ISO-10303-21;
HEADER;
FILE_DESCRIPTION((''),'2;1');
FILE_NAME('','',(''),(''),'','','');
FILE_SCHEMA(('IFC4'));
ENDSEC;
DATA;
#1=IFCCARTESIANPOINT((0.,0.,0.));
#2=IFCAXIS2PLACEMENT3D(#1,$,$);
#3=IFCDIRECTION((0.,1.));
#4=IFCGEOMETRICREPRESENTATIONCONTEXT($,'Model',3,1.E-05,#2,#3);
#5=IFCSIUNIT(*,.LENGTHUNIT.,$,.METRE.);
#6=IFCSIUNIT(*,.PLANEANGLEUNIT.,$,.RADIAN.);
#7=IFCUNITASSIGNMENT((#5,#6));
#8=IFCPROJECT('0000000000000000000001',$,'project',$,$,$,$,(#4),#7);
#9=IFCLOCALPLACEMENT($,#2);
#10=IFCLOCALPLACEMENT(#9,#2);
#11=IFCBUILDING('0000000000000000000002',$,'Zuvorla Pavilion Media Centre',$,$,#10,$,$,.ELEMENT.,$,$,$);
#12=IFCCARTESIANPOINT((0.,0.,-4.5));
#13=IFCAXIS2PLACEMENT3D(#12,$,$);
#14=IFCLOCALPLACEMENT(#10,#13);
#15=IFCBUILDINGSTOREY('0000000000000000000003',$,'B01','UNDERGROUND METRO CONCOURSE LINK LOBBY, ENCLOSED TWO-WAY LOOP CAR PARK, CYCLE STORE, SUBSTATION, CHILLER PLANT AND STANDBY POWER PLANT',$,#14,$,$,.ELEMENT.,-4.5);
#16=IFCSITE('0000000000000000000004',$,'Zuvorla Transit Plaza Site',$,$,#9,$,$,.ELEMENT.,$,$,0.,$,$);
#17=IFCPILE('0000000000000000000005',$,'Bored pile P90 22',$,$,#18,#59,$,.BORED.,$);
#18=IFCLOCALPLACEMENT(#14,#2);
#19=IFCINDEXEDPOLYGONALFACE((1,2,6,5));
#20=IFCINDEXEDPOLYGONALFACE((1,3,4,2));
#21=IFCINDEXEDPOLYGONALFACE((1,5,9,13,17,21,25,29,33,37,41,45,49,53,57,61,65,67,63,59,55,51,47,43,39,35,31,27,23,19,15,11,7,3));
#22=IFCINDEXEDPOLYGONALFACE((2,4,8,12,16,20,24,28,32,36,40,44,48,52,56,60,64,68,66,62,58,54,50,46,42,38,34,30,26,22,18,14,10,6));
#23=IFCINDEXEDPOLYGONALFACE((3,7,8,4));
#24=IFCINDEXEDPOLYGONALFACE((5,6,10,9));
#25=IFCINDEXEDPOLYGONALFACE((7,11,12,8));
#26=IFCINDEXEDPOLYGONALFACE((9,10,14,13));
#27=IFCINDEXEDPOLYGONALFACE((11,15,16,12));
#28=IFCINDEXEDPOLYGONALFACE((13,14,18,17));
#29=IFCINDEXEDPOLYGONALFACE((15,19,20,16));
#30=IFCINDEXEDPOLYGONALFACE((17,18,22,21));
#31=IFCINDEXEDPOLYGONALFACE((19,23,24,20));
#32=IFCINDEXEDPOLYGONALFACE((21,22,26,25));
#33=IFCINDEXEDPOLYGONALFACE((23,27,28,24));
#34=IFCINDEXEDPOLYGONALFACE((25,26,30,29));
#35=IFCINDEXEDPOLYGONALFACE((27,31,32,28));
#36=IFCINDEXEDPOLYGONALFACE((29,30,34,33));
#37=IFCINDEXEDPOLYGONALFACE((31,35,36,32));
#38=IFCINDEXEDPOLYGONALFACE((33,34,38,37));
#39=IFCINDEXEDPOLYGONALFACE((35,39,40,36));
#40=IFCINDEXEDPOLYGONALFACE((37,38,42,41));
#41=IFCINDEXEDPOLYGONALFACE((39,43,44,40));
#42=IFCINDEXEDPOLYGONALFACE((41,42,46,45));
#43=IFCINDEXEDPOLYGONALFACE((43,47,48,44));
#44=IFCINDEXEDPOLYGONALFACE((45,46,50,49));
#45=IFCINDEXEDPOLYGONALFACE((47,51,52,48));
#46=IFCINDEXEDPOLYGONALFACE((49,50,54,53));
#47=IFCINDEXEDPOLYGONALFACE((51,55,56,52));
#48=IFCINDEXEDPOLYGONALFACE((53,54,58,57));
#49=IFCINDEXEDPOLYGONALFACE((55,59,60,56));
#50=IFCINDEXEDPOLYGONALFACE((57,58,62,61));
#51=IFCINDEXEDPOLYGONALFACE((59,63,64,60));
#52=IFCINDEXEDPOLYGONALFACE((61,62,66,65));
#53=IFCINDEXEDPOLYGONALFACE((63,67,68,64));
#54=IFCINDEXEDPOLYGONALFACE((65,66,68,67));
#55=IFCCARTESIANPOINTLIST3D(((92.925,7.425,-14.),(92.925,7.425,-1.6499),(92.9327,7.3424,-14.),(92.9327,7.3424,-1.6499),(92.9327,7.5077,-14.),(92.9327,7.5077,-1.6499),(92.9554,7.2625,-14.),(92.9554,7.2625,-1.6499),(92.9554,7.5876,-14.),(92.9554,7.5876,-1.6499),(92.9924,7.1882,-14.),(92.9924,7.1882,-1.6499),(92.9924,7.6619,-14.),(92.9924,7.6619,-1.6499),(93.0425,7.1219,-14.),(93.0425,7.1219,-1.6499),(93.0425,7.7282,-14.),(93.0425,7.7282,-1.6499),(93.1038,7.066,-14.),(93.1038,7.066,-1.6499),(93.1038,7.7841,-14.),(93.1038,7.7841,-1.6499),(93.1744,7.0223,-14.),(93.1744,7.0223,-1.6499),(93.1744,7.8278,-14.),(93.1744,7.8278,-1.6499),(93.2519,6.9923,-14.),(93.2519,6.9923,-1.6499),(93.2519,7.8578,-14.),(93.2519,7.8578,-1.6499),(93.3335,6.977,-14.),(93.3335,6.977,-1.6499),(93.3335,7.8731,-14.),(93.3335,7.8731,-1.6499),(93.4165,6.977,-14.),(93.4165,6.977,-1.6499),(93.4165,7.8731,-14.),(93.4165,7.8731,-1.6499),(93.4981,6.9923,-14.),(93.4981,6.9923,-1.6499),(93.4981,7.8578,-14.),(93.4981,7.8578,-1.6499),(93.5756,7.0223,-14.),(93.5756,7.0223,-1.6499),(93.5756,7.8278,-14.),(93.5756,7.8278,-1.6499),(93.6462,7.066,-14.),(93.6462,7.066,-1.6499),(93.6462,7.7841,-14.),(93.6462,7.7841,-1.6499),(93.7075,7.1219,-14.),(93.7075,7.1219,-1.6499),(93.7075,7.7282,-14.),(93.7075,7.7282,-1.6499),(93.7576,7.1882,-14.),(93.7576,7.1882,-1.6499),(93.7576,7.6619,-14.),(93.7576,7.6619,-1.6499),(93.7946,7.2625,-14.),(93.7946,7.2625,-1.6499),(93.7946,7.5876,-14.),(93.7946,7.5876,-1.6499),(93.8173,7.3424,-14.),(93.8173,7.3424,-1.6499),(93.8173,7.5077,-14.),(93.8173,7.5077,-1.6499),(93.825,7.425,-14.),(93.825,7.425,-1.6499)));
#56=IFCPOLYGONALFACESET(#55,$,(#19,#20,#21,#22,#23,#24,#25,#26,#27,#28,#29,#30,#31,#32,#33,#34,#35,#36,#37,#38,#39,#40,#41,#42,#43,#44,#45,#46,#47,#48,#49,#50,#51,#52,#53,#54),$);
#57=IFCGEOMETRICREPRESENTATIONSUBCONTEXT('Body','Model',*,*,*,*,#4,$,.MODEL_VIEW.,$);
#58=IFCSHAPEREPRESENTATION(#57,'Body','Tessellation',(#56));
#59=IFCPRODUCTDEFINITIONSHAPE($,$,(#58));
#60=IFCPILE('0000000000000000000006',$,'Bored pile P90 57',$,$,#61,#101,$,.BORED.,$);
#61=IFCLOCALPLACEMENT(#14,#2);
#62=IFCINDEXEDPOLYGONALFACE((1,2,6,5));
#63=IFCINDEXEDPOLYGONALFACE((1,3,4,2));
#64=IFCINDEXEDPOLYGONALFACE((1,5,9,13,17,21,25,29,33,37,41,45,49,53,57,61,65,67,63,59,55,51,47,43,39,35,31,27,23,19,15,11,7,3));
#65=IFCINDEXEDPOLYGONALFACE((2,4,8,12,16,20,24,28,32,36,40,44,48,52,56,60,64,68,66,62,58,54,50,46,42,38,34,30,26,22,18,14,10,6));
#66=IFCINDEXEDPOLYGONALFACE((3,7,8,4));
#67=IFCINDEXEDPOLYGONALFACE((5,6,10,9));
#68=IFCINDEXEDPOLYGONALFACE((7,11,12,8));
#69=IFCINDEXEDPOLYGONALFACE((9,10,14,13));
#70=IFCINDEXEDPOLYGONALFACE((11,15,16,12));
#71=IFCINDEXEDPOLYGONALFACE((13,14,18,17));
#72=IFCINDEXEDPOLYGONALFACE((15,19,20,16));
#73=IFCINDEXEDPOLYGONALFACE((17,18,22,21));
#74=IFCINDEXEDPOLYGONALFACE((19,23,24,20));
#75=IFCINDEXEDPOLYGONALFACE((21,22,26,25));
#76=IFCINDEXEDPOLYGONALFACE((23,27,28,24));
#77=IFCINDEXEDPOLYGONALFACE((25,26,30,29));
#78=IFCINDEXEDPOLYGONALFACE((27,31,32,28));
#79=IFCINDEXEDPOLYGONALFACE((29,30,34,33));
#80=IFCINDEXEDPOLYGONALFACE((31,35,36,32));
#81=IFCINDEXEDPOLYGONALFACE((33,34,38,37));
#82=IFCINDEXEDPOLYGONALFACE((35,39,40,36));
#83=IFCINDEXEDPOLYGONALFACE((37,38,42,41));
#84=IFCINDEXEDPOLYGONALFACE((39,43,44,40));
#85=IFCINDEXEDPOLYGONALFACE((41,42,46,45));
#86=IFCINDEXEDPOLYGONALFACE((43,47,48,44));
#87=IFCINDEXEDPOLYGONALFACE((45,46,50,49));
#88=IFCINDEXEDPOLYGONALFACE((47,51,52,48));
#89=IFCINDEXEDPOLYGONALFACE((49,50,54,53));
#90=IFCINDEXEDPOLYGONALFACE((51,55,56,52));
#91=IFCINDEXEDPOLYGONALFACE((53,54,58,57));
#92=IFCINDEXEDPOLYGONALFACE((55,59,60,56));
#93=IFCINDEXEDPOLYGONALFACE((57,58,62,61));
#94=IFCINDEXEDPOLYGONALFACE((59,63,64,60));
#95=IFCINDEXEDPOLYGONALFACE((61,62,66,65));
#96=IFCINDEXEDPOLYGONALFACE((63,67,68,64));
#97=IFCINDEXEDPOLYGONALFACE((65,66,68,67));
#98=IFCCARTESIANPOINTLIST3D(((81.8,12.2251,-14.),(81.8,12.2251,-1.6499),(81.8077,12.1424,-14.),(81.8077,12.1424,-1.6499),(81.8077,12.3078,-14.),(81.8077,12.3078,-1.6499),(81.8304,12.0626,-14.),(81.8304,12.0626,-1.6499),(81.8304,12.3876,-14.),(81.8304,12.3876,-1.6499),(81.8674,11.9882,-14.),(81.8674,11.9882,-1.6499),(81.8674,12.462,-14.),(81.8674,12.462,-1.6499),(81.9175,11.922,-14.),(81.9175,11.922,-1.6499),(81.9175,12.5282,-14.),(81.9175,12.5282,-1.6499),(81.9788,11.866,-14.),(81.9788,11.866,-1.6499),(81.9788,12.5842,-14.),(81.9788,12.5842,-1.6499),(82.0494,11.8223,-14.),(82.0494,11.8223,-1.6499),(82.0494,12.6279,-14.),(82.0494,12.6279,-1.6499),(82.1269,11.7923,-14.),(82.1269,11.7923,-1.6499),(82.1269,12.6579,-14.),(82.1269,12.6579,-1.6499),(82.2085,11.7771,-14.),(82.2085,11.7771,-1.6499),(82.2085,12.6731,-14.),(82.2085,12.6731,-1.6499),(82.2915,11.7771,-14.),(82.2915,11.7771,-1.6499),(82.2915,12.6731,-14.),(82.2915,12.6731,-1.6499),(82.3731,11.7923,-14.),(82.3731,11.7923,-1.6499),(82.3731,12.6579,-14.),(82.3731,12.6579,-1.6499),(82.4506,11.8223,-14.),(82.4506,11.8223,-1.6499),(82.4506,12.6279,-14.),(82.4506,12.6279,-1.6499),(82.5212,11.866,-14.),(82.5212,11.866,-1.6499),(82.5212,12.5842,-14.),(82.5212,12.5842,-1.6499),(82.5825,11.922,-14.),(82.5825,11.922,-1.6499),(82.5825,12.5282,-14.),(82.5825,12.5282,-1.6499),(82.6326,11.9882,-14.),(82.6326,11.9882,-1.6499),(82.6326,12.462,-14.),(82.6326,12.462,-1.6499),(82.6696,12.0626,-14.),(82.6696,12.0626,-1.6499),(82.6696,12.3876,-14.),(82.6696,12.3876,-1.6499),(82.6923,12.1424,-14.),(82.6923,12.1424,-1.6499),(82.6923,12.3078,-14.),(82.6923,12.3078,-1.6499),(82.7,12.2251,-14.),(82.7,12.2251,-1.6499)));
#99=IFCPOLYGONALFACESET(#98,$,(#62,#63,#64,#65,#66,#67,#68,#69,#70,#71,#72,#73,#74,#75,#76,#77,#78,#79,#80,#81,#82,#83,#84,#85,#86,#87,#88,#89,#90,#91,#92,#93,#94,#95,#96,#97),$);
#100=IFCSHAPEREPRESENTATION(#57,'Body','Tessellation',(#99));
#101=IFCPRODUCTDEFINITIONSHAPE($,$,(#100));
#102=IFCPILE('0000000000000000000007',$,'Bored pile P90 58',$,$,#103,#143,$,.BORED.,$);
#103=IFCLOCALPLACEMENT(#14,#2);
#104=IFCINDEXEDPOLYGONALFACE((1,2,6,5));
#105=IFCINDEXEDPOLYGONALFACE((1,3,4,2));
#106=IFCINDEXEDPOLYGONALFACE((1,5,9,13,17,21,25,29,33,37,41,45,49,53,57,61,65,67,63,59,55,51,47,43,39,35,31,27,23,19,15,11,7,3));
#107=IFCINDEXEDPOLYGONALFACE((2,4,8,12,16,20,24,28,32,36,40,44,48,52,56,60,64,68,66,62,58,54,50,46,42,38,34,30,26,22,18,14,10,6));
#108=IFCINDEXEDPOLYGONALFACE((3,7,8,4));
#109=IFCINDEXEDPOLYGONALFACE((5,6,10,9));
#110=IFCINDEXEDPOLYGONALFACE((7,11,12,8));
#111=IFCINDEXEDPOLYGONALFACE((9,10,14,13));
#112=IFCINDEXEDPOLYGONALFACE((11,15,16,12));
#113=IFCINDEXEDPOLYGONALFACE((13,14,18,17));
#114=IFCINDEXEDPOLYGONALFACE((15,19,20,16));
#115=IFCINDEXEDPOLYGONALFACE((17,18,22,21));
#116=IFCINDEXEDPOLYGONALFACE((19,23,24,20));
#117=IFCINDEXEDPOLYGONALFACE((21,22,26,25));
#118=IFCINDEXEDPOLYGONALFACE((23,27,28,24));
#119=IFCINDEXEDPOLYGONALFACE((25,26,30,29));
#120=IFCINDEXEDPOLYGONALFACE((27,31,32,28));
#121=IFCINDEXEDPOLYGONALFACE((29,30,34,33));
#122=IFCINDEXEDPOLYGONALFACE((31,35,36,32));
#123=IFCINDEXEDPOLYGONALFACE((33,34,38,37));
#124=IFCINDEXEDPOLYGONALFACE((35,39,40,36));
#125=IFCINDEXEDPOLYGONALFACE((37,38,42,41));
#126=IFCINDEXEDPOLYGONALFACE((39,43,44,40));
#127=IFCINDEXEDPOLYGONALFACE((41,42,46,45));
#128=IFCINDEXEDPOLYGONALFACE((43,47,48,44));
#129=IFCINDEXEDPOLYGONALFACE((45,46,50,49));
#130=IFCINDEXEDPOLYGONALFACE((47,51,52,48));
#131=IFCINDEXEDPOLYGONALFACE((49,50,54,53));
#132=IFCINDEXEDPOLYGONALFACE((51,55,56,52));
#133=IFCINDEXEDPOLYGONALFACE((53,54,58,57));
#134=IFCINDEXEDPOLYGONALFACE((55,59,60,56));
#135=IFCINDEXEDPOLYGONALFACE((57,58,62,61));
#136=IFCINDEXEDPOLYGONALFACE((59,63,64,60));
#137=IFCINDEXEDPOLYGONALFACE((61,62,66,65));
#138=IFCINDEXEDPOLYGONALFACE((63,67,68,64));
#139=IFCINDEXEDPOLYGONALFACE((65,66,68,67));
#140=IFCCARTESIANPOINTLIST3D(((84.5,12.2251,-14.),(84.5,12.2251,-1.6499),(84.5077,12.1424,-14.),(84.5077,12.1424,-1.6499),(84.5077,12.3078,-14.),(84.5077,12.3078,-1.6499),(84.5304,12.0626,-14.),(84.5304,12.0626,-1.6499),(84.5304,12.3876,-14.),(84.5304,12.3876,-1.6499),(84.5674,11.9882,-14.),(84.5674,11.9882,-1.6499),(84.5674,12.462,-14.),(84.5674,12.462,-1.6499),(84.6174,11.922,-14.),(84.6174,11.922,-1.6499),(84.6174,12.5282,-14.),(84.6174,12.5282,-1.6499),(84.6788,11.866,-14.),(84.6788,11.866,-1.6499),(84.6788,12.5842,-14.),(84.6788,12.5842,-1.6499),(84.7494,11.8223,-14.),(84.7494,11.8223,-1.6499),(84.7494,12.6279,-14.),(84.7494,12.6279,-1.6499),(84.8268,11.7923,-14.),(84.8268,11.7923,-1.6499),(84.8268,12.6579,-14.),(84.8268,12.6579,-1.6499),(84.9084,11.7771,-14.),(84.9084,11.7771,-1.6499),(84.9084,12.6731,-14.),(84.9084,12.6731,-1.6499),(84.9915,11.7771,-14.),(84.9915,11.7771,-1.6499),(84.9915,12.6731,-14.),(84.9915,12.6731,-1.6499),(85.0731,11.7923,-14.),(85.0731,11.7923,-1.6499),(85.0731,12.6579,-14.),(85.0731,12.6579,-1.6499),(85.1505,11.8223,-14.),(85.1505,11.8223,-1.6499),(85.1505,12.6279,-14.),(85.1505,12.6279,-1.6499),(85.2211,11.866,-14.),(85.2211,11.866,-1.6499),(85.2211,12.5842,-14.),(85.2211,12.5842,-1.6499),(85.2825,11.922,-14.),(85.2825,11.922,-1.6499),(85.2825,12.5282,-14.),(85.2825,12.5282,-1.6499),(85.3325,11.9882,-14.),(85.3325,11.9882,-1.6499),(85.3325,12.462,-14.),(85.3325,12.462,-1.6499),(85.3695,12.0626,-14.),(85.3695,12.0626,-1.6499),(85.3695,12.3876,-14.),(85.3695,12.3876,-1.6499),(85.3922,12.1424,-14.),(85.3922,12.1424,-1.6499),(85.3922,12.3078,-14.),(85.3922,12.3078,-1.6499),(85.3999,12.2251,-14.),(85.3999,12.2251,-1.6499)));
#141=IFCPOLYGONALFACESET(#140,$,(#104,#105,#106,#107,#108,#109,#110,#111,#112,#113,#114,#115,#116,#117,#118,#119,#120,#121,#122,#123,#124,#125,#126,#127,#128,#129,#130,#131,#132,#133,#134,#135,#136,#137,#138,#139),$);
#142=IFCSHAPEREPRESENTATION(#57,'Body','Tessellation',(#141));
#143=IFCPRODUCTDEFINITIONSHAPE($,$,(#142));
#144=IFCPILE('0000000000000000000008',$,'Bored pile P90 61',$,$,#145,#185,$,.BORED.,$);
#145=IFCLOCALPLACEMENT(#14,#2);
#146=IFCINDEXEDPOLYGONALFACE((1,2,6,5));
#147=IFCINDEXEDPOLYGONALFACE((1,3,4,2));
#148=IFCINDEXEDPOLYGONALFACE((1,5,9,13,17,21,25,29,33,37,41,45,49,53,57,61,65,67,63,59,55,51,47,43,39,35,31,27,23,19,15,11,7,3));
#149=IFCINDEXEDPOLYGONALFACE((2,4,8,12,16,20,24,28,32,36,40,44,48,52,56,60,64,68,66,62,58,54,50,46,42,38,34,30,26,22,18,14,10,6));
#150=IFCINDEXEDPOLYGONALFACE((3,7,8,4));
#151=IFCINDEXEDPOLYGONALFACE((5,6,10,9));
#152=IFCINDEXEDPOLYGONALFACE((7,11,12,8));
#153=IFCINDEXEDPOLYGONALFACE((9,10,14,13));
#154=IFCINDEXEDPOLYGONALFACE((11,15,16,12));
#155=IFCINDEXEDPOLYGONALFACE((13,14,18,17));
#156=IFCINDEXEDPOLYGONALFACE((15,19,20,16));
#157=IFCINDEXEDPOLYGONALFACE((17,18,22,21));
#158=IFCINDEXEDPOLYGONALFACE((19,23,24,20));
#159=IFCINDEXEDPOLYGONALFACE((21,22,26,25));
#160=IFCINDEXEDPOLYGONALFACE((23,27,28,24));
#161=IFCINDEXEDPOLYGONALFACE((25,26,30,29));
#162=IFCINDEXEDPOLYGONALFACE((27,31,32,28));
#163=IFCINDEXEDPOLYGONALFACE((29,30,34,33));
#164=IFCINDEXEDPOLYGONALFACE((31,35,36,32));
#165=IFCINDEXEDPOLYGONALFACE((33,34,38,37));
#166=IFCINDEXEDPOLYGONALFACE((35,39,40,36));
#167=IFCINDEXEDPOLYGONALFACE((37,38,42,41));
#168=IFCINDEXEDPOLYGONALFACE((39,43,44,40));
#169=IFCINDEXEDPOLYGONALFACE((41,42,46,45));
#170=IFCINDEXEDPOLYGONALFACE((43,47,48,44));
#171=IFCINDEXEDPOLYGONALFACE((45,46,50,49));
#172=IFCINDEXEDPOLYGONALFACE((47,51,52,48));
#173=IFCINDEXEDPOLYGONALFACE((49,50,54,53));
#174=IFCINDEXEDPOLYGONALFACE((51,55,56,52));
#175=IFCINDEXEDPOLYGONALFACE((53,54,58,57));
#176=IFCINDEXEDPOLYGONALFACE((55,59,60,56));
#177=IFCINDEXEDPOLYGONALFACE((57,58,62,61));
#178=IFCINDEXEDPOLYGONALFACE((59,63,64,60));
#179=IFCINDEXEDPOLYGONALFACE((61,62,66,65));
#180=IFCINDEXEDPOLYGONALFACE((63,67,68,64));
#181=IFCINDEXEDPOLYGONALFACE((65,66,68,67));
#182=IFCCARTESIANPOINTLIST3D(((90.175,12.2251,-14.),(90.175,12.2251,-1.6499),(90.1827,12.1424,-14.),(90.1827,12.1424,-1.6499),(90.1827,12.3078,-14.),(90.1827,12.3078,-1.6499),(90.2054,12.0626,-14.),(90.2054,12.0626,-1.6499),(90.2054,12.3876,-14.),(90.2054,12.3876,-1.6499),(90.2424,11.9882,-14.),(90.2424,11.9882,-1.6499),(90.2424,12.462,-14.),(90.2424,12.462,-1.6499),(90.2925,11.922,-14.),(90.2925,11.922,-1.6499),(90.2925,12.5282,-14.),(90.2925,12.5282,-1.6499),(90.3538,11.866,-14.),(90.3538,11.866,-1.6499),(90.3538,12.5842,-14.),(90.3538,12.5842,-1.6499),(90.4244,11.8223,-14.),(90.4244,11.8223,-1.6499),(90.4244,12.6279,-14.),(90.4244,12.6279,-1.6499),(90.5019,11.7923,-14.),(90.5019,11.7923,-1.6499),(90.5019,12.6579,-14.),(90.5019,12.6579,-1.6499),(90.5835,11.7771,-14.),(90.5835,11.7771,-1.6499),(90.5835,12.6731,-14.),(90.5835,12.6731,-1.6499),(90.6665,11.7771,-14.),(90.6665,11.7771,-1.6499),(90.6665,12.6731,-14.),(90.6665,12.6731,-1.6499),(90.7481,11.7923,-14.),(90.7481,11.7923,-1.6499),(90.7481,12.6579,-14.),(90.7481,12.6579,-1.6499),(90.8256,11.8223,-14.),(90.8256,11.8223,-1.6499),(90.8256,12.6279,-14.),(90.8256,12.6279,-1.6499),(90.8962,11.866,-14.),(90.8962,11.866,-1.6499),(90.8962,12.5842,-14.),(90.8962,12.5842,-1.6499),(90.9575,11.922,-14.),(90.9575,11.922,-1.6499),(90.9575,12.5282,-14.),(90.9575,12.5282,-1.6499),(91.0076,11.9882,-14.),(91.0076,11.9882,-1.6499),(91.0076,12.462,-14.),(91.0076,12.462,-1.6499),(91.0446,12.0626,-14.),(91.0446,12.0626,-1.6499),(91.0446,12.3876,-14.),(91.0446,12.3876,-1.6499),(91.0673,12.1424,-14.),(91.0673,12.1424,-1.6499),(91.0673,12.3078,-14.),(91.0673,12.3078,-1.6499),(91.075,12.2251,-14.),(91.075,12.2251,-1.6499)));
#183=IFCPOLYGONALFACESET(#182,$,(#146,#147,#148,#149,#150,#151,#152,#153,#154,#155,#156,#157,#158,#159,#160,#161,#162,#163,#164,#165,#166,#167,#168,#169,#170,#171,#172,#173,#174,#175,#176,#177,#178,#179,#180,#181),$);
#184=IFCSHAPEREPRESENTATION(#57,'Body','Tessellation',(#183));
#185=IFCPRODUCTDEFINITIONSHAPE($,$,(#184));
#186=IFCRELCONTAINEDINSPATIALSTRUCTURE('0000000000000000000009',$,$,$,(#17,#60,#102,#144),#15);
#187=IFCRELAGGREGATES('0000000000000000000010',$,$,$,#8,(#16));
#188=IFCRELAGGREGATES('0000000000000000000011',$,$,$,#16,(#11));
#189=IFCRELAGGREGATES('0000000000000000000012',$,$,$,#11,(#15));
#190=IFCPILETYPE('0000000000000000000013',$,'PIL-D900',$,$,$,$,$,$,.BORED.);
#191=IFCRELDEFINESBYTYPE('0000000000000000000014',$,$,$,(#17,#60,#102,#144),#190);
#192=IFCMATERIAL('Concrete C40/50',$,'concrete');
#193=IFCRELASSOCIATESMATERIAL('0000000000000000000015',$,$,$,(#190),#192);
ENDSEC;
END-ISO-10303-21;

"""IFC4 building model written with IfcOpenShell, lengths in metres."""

from ifc_helpers import new_model, si_unit, direction, frame, origin, origin_2d, place, context, subcontext, project, spatial, circle, extrude, material, material_profile, profile_set, type_object, element, save


model = new_model("IFC4")

# Units and contexts
model_context = context("Model", 3, precision=1e-05, world=origin(), true_north=direction((0.0, 1.0)))
body_context = subcontext(model_context, "Body", "Model", "MODEL_VIEW")
ifc_project = project(units=[si_unit("LENGTHUNIT", "METRE"), si_unit("PLANEANGLEUNIT", "RADIAN")], contexts=[model_context])

# Site, building, storey
site_placement = place(None, origin())
site = spatial("IfcSite", under=ifc_project, at=site_placement, Name="Zuvorla Transit Plaza Site", CompositionType="ELEMENT", RefElevation=0.0)
building_placement = place(site_placement, origin())
building = spatial("IfcBuilding", under=site, at=building_placement, Name="Zuvorla Pavilion Media Centre", CompositionType="ELEMENT")
storey_placement = place(building_placement, frame((0.0, 0.0, -4.5)))
storey = spatial("IfcBuildingStorey", under=building, at=storey_placement, Name="B01", Description="UNDERGROUND METRO CONCOURSE LINK LOBBY, ENCLOSED TWO-WAY LOOP CAR PARK, CYCLE STORE, SUBSTATION, CHILLER PLANT AND STANDBY POWER PLANT", CompositionType="ELEMENT", Elevation=-4.5)

# Shared definitions
ifc_material_1 = material(Name="Concrete C40/50", Category="concrete")

# Piles
ifc_material_profile_1 = material_profile(ifc_material_1, circle(Radius=0.45, at=origin_2d()), Name="BORED PILE 900")
ifc_profile_set_1 = profile_set([ifc_material_profile_1], Name="Concrete C40/50")
pile_type = type_object("IfcPileType", Name="PIL-D900", PredefinedType="BORED", material=ifc_profile_set_1)
for number, where, z_axis, x_axis, name in (
    (1, (93.375, 7.425, -1.6499), (0.0, 0.0, -1.0), (1.0, 0.0, 0.0), "Bored pile P90 22"),
    (2, (82.25, 12.2251, -1.6499), (0.0, 0.0, -1.0), (1.0, 0.0, 0.0), "Bored pile P90 57"),
    (3, (84.95, 12.2251, -1.6499), (0.0, 0.0, -1.0), (1.0, 0.0, 0.0), "Bored pile P90 58"),
    (4, (90.625, 12.2251, -1.6499), (0.0, 0.0, -1.0), (1.0, 0.0, 0.0), "Bored pile P90 61"),
):
    element("IfcPile", number, at=place(storey_placement, frame(where, z_axis=z_axis, x_axis=x_axis)), inside=storey, type_object=pile_type, Name=name, PredefinedType="BORED", context=body_context, shape_type="SweptSolid", body=[
        extrude(circle(Radius=0.45, at=origin_2d()), origin(), (0.0, 0.0, 1.0), 12.3501),
    ])

save(model, "model.ifc")
